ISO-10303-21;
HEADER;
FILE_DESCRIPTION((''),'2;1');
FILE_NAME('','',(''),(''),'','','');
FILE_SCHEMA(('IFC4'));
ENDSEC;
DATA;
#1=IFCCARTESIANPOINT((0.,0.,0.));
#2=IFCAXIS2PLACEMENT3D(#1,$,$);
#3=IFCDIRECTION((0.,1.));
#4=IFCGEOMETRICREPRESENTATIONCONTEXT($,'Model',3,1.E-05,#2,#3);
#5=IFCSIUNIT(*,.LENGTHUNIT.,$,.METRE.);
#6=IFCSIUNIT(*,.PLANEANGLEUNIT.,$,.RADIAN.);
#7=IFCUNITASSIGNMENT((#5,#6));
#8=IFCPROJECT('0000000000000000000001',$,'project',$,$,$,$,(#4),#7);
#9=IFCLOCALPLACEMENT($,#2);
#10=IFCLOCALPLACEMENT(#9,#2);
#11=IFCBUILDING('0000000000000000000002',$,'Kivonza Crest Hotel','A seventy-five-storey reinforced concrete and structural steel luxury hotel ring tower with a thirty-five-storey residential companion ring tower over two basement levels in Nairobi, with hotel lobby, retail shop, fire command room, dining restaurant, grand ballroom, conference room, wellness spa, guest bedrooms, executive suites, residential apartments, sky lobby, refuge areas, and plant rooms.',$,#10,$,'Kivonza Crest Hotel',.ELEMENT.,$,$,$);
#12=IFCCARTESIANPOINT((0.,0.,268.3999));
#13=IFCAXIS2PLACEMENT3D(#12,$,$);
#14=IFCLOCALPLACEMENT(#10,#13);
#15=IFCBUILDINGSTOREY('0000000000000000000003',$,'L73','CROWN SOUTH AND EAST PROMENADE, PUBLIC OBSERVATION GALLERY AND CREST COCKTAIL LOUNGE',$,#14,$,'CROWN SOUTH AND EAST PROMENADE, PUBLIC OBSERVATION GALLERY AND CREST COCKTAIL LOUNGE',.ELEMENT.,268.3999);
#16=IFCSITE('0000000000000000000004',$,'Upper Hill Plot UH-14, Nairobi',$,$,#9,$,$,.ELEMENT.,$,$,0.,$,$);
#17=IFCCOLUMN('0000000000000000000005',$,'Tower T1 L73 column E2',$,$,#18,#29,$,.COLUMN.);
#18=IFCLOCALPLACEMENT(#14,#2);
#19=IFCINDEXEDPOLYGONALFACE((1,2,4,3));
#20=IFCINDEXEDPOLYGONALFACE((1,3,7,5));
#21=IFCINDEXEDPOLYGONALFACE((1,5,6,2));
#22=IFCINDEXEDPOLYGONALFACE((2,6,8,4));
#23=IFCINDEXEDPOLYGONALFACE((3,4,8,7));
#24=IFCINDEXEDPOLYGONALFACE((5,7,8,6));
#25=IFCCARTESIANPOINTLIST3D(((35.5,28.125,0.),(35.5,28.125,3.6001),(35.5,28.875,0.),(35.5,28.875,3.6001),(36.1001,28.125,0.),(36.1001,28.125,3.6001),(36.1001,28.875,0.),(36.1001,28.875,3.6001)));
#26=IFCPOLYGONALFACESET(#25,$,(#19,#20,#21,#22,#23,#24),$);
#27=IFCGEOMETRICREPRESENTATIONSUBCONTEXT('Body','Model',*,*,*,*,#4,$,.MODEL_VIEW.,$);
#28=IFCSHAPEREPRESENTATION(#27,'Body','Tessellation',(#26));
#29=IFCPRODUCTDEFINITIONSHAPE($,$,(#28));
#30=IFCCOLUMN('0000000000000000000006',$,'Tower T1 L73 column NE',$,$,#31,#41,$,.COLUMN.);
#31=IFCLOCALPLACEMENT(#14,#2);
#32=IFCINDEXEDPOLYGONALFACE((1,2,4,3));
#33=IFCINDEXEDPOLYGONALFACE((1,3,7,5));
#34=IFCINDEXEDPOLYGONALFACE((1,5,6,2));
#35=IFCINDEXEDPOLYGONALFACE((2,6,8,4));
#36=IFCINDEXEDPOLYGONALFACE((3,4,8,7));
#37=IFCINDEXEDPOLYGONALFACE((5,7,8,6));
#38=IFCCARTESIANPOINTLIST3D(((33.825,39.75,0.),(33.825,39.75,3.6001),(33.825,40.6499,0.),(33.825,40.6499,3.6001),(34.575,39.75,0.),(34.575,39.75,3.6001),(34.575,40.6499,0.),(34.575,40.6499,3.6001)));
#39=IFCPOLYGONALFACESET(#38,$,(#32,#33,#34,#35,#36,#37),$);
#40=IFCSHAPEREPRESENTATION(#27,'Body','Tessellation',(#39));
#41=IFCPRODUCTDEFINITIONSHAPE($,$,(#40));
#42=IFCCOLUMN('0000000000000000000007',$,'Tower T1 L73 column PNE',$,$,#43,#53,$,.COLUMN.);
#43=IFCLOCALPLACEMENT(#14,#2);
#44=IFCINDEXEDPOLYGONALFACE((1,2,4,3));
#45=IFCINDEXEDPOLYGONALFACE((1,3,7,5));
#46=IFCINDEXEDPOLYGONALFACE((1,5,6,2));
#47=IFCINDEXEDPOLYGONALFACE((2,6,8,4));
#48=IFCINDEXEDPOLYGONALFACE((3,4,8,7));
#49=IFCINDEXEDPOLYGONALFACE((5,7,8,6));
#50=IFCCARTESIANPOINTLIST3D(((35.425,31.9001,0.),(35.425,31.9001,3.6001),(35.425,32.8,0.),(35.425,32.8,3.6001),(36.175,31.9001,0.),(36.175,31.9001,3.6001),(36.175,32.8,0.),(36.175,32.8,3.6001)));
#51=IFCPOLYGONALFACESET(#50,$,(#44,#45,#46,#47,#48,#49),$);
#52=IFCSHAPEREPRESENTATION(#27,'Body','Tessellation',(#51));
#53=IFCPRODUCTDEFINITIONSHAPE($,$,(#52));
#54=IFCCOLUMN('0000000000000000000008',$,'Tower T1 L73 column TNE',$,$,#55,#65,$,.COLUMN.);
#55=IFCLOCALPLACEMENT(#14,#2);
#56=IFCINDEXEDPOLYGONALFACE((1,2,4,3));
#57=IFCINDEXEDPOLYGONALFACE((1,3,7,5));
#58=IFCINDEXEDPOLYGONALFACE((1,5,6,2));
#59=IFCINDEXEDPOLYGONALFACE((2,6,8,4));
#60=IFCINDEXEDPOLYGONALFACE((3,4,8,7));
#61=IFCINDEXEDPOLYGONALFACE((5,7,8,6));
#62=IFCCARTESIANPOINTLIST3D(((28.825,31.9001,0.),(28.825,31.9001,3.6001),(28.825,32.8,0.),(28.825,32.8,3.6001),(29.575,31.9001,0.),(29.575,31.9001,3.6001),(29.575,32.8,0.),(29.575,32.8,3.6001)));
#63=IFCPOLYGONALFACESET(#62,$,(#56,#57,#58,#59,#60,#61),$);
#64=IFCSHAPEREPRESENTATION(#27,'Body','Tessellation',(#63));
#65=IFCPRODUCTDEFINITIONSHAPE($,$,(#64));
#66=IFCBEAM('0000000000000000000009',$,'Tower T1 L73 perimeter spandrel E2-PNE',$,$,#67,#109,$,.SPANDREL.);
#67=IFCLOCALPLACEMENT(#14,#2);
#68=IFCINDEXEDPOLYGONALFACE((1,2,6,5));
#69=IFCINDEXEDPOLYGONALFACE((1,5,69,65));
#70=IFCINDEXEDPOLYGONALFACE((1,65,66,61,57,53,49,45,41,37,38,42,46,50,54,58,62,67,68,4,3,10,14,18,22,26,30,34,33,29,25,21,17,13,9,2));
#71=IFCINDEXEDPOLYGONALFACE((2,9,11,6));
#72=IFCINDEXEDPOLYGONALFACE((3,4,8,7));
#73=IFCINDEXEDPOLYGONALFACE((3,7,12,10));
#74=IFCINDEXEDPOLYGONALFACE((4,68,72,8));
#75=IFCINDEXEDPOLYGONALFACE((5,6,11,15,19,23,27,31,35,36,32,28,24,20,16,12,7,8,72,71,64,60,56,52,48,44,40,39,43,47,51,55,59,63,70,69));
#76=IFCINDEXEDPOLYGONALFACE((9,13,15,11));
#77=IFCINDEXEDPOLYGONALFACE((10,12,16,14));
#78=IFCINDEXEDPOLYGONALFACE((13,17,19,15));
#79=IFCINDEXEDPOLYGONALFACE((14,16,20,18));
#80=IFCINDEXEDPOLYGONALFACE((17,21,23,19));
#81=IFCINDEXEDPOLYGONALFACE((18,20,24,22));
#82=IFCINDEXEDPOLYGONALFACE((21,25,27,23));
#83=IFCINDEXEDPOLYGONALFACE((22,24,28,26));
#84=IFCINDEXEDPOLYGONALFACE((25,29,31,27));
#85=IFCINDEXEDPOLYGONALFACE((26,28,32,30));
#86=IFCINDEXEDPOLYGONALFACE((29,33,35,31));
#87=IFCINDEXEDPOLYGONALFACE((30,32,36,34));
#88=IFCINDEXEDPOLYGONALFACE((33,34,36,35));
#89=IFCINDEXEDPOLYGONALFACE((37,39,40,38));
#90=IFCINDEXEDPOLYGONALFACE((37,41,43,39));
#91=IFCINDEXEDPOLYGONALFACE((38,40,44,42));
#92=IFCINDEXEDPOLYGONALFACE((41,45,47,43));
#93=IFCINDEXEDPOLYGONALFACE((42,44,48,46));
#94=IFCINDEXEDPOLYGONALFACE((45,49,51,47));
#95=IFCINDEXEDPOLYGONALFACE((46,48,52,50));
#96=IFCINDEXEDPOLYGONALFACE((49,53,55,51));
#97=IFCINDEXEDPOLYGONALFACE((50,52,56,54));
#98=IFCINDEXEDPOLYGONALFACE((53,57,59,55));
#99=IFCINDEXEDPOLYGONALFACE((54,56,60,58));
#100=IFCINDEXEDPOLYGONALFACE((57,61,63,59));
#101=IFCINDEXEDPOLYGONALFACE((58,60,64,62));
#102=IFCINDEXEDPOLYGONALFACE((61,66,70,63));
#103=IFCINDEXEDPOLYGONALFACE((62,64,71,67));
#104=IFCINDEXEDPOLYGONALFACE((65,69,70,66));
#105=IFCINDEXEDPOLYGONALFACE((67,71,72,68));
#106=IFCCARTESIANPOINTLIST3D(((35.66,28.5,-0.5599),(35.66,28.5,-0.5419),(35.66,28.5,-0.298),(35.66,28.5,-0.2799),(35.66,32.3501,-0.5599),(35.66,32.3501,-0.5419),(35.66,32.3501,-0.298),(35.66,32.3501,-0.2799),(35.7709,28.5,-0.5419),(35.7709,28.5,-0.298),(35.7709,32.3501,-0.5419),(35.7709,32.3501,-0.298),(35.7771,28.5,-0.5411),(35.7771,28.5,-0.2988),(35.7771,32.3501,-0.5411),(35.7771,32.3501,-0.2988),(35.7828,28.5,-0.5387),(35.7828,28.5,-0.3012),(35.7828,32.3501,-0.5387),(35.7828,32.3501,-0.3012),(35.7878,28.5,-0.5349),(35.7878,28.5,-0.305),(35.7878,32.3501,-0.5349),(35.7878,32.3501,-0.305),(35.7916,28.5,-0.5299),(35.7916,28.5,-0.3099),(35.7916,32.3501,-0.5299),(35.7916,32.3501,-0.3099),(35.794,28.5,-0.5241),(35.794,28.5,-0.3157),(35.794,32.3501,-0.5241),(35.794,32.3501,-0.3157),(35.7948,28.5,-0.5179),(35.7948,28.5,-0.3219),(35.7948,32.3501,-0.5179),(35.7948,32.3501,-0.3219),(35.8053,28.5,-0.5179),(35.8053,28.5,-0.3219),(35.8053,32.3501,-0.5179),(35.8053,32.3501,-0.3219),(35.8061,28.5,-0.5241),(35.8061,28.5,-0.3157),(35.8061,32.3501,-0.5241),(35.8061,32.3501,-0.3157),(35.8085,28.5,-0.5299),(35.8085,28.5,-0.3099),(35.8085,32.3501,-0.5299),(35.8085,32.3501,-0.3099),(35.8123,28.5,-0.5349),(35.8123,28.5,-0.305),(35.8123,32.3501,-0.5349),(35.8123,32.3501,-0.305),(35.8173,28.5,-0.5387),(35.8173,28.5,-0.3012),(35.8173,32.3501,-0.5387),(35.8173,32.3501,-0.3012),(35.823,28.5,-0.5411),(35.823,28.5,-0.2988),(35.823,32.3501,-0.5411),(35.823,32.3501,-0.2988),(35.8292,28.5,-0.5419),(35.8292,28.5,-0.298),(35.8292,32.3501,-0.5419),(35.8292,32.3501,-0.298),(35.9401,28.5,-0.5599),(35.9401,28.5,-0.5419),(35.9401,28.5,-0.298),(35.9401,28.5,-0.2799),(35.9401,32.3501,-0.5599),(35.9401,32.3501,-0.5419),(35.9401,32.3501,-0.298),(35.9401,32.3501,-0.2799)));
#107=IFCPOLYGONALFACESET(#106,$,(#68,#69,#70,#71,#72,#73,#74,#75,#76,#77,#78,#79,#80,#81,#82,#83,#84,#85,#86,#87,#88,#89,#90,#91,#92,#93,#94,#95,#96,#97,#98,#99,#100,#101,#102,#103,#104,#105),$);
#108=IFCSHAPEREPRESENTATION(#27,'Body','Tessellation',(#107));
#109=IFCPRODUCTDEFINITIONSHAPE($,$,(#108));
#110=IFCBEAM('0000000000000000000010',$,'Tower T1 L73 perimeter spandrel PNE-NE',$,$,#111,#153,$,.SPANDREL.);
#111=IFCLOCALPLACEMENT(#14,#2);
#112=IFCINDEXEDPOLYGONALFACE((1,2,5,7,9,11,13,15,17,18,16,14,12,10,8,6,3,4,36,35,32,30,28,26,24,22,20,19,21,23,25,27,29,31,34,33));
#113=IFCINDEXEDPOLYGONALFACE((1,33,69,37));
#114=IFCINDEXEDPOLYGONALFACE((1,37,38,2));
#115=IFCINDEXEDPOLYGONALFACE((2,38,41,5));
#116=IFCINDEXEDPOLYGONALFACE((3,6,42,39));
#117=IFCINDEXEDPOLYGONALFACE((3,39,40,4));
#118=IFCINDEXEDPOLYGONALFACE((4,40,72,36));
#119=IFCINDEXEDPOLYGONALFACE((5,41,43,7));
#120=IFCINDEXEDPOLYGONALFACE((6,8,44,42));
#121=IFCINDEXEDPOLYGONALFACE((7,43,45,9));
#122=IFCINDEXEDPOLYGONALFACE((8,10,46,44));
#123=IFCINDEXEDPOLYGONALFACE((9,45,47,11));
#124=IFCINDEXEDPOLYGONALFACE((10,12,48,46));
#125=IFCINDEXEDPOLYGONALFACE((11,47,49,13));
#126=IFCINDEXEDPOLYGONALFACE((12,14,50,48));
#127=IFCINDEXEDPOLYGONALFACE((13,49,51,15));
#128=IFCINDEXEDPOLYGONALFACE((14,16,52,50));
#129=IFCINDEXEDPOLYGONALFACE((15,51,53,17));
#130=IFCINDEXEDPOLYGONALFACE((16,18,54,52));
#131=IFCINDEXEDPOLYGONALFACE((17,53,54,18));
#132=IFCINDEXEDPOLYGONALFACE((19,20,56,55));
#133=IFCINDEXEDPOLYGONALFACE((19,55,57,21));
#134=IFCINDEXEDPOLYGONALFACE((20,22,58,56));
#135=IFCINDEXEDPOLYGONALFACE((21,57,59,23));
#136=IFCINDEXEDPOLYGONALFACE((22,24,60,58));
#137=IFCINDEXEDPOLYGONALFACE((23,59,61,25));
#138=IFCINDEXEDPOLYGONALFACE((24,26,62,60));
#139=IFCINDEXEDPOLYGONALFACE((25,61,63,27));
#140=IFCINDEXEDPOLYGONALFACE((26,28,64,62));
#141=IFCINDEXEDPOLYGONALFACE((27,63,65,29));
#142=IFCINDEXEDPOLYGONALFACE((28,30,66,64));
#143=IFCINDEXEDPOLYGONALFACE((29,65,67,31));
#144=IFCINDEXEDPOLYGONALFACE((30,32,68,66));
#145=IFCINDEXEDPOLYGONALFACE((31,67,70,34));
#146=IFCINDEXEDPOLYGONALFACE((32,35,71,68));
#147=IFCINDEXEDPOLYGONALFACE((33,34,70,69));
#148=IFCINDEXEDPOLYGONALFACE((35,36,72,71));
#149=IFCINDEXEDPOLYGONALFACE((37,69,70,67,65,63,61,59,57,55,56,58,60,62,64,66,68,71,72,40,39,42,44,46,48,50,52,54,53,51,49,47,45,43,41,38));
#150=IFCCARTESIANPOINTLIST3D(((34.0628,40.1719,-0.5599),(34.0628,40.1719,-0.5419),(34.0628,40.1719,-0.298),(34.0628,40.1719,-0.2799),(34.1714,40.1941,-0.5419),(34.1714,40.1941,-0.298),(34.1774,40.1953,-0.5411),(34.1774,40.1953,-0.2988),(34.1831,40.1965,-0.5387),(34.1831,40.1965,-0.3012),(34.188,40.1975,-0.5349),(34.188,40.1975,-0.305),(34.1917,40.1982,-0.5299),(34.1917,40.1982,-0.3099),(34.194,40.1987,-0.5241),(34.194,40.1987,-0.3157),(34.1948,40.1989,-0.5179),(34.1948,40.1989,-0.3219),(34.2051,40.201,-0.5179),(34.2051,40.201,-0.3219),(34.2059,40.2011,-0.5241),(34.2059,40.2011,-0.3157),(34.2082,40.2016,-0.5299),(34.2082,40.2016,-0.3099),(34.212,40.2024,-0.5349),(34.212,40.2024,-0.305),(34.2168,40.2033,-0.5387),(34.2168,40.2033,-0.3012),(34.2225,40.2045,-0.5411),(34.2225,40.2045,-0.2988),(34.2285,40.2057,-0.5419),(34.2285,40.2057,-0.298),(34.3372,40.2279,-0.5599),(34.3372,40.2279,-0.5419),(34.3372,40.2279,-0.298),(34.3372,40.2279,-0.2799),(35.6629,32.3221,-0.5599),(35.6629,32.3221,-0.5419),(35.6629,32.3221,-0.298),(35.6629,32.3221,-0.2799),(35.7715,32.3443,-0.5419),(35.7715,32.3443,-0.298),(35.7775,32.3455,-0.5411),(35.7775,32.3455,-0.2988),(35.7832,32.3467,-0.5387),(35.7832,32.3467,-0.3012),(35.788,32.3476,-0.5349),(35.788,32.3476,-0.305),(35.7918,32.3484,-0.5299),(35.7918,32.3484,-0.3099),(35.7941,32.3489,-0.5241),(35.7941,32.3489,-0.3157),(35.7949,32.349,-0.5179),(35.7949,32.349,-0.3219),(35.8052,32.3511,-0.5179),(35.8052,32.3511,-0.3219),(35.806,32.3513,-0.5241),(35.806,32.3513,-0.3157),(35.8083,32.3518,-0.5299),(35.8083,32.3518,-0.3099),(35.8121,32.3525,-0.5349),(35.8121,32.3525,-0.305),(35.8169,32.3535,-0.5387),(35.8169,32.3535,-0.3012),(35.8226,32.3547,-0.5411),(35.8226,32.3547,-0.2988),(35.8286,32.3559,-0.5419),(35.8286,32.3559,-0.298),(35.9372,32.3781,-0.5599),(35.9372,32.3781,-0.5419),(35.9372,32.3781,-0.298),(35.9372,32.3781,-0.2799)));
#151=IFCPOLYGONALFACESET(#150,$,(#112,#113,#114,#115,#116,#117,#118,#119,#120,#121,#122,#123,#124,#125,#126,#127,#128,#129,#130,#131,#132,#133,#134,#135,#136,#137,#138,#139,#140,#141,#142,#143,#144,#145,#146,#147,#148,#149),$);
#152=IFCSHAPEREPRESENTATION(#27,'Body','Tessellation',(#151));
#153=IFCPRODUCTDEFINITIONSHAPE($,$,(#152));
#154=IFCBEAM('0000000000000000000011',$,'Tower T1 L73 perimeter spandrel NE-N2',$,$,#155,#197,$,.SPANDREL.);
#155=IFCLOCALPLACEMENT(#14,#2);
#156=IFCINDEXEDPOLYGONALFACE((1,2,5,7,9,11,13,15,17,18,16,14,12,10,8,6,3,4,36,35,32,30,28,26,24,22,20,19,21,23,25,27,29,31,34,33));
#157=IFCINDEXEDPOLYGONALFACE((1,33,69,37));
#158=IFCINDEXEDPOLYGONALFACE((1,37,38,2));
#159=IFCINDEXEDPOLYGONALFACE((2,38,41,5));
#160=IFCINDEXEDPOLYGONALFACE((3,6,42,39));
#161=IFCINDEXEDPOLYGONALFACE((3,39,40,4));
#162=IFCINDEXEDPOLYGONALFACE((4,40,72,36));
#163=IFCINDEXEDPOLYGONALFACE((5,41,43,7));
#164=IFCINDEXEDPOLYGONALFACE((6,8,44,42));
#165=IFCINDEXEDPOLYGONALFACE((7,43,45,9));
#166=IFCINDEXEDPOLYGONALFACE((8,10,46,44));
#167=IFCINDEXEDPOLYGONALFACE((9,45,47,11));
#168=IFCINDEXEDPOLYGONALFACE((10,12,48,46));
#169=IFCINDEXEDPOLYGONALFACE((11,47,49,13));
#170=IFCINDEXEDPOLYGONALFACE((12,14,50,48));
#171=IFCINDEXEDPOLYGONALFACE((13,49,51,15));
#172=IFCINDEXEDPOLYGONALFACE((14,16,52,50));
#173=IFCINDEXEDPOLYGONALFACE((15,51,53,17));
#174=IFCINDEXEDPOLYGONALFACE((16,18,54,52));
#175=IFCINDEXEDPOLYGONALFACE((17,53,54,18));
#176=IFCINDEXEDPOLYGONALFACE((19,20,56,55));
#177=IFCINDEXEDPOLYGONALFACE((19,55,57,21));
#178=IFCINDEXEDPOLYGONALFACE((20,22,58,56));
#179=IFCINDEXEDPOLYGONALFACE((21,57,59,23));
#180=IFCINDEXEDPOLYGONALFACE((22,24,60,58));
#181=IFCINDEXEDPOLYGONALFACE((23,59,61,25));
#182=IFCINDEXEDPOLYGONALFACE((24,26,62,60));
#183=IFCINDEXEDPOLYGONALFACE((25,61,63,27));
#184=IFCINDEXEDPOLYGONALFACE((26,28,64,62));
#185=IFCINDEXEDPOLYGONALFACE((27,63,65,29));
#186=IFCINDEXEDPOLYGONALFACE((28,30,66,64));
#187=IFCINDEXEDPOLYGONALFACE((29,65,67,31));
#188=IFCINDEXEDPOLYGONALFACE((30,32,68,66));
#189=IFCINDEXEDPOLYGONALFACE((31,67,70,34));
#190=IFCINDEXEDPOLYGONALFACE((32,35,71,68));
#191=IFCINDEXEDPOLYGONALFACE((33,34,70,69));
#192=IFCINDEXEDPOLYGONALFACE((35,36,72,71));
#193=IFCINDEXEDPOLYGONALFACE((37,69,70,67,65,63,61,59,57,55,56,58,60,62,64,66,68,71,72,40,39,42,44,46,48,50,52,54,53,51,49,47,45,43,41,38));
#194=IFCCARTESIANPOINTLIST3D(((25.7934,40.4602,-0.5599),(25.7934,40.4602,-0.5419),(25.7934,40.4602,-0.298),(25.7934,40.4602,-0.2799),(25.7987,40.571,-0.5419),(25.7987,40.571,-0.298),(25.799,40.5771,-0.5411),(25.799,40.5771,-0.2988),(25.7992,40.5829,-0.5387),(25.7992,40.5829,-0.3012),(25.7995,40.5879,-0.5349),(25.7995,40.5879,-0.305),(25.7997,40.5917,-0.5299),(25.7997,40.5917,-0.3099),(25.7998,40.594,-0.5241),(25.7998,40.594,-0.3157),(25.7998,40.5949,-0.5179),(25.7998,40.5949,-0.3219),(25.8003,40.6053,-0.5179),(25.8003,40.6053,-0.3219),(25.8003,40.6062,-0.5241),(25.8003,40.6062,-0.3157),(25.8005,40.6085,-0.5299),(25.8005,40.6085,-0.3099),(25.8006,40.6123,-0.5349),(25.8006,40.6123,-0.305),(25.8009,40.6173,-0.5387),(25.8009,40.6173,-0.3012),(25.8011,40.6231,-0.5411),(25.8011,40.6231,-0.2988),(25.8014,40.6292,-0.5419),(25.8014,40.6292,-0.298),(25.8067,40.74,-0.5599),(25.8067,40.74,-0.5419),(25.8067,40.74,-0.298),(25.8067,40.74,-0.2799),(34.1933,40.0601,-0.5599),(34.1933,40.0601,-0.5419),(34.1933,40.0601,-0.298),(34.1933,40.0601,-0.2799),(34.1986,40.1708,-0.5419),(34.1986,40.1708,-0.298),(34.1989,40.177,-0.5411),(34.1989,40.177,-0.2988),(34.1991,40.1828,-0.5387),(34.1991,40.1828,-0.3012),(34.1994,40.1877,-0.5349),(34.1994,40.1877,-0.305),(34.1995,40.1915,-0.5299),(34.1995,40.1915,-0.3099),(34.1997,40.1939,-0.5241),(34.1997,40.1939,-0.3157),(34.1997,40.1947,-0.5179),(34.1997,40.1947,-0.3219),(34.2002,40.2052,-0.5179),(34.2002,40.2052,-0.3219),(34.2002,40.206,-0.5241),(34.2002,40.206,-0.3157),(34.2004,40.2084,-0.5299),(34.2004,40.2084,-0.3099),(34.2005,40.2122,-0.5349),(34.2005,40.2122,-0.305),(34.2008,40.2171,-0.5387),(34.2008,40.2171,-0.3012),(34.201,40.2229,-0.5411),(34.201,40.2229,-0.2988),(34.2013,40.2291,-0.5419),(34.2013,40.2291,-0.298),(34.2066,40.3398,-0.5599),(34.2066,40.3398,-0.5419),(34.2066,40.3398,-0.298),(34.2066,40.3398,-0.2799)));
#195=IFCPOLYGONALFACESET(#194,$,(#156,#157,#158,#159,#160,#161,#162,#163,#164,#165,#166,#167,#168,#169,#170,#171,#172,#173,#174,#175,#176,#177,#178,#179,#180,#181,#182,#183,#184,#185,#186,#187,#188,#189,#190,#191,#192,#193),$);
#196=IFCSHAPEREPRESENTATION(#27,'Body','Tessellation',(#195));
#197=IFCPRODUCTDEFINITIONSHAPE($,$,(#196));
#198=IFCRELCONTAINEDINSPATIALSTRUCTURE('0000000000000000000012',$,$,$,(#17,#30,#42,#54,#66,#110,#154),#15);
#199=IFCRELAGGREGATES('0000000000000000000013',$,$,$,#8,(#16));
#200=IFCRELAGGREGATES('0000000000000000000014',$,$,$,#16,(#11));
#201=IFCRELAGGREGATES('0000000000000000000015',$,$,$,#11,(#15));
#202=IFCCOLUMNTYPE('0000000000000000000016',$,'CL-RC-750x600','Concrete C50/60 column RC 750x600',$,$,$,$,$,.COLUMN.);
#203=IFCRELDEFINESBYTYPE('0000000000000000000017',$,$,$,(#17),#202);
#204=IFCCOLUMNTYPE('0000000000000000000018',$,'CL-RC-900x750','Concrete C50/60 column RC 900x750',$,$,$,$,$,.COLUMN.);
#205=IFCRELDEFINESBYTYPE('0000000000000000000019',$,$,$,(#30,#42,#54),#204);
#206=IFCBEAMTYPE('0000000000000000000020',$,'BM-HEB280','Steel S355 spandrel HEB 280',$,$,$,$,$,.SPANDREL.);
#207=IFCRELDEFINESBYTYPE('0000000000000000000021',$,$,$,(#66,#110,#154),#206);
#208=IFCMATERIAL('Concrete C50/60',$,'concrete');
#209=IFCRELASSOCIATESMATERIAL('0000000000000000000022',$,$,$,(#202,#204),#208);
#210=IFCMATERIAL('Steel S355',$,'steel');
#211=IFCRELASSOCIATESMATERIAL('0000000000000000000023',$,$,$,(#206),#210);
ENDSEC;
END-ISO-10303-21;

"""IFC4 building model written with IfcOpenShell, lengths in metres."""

from ifc_helpers import new_model, si_unit, direction, frame, origin, origin_2d, place, context, subcontext, project, spatial, rectangle, i_section, extrude, material, material_profile, profile_set, type_object, element, save


model = new_model("IFC4")

# Units and contexts
model_context = context("Model", 3, precision=1e-05, world=origin(), true_north=direction((0.0, 1.0)))
body_context = subcontext(model_context, "Body", "Model", "MODEL_VIEW")
ifc_project = project(units=[si_unit("LENGTHUNIT", "METRE"), si_unit("PLANEANGLEUNIT", "RADIAN")], contexts=[model_context])

# Site, building, storey
site_placement = place(None, origin())
site = spatial("IfcSite", under=ifc_project, at=site_placement, Name="Upper Hill Plot UH-14, Nairobi", CompositionType="ELEMENT", RefElevation=0.0)
building_placement = place(site_placement, origin())
building = spatial("IfcBuilding", under=site, at=building_placement, Name="Kivonza Crest Hotel", Description="A seventy-five-storey reinforced concrete and structural steel luxury hotel ring tower with a thirty-five-storey residential companion ring tower over two basement levels in Nairobi, with hotel lobby, retail shop, fire command room, dining restaurant, grand ballroom, conference room, wellness spa, guest bedrooms, executive suites, residential apartments, sky lobby, refuge areas, and plant rooms.", LongName="Kivonza Crest Hotel", CompositionType="ELEMENT")
storey_placement = place(building_placement, frame((0.0, 0.0, 268.3999)))
storey = spatial("IfcBuildingStorey", under=building, at=storey_placement, Name="L73", Description="CROWN SOUTH AND EAST PROMENADE, PUBLIC OBSERVATION GALLERY AND CREST COCKTAIL LOUNGE", LongName="CROWN SOUTH AND EAST PROMENADE, PUBLIC OBSERVATION GALLERY AND CREST COCKTAIL LOUNGE", CompositionType="ELEMENT", Elevation=268.3999)

# Columns
ifc_material_1 = material(Name="Concrete C50/60", Category="concrete")
ifc_material_profile_1 = material_profile(ifc_material_1, rectangle(XDim=0.6001, YDim=0.75, at=origin_2d()), Name="RC 750x600")
ifc_profile_set_1 = profile_set([ifc_material_profile_1], Name="Concrete C50/60")
column_type_1 = type_object("IfcColumnType", Name="CL-RC-750x600", Description="Concrete C50/60 column RC 750x600", PredefinedType="COLUMN", material=ifc_profile_set_1)
column_placement = place(storey_placement, frame((35.8, 28.5, 0.0), z_axis=(0.0, 0.0, 1.0), x_axis=(1.0, 0.0, 0.0)))
element("IfcColumn", 1, at=column_placement, inside=storey, type_object=column_type_1, Name="Tower T1 L73 column E2", PredefinedType="COLUMN", context=body_context, shape_type="SweptSolid", body=[
    extrude(rectangle(XDim=0.6001, YDim=0.75, at=origin_2d()), origin(), (0.0, 0.0, 1.0), 3.6001),
])
ifc_material_profile_2 = material_profile(ifc_material_1, rectangle(XDim=0.75, YDim=0.8999, at=origin_2d()), Name="RC 900x750")
ifc_profile_set_2 = profile_set([ifc_material_profile_2], Name="Concrete C50/60")
column_type_2 = type_object("IfcColumnType", Name="CL-RC-900x750", Description="Concrete C50/60 column RC 900x750", PredefinedType="COLUMN", material=ifc_profile_set_2)
for number, where, z_axis, x_axis, name in (
    (2, (34.2, 40.2, 0.0), (0.0, 0.0, 1.0), (1.0, 0.0, 0.0), "Tower T1 L73 column NE"),
    (3, (35.8, 32.3501, 0.0), (0.0, 0.0, 1.0), (1.0, 0.0, 0.0), "Tower T1 L73 column PNE"),
    (4, (29.2, 32.3501, 0.0), (0.0, 0.0, 1.0), (1.0, 0.0, 0.0), "Tower T1 L73 column TNE"),
):
    element("IfcColumn", number, at=place(storey_placement, frame(where, z_axis=z_axis, x_axis=x_axis)), inside=storey, type_object=column_type_2, Name=name, PredefinedType="COLUMN", context=body_context, shape_type="SweptSolid", body=[
        extrude(rectangle(XDim=0.75, YDim=0.8999, at=origin_2d()), origin(), (0.0, 0.0, 1.0), 3.6001),
    ])

# Beams
ifc_material_2 = material(Name="Steel S355", Category="steel")
ifc_material_profile_3 = material_profile(ifc_material_2, i_section(OverallWidth=0.28, OverallDepth=0.28, WebThickness=0.0105, FlangeThickness=0.0181, FilletRadius=0.0239, at=origin_2d()), Name="HEB 280")
ifc_profile_set_3 = profile_set([ifc_material_profile_3], Name="Steel S355")
beam_type_1 = type_object("IfcBeamType", Name="BM-HEB280", Description="Steel S355 spandrel HEB 280", PredefinedType="SPANDREL", material=ifc_profile_set_3)
beam_1_placement = place(storey_placement, frame((35.8, 28.5, -0.4199), z_axis=(0.0, 1.0, 0.0), x_axis=(-1.0, 0.0, 0.0)))
element("IfcBeam", 5, at=beam_1_placement, inside=storey, type_object=beam_type_1, Name="Tower T1 L73 perimeter spandrel E2-PNE", PredefinedType="SPANDREL", context=body_context, shape_type="SweptSolid", body=[
    extrude(i_section(OverallWidth=0.28, OverallDepth=0.28, WebThickness=0.0105, FlangeThickness=0.0181, FilletRadius=0.0239, at=origin_2d()), origin(), (0.0, 0.0, 1.0), 3.8501),
])
beam_2_placement = place(storey_placement, frame((35.8, 32.3501, -0.4199), z_axis=(-0.199731, 0.979851, 0.0), x_axis=(-0.979851, -0.199731, 0.0)))
element("IfcBeam", 6, at=beam_2_placement, inside=storey, type_object=beam_type_1, Name="Tower T1 L73 perimeter spandrel PNE-NE", PredefinedType="SPANDREL", context=body_context, shape_type="SweptSolid", body=[
    extrude(i_section(OverallWidth=0.28, OverallDepth=0.28, WebThickness=0.0105, FlangeThickness=0.0181, FilletRadius=0.0239, at=origin_2d()), origin(), (0.0, 0.0, 1.0), 8.0112),
])
beam_3_placement = place(storey_placement, frame((34.2, 40.2, -0.4199), z_axis=(-0.998867, 0.047583, 0.0), x_axis=(-0.047583, -0.998867, 0.0)))
element("IfcBeam", 7, at=beam_3_placement, inside=storey, type_object=beam_type_1, Name="Tower T1 L73 perimeter spandrel NE-N2", PredefinedType="SPANDREL", context=body_context, shape_type="SweptSolid", body=[
    extrude(i_section(OverallWidth=0.28, OverallDepth=0.28, WebThickness=0.0105, FlangeThickness=0.0181, FilletRadius=0.0239, at=origin_2d()), origin(), (0.0, 0.0, 1.0), 8.4094),
])

save(model, "model.ifc")
